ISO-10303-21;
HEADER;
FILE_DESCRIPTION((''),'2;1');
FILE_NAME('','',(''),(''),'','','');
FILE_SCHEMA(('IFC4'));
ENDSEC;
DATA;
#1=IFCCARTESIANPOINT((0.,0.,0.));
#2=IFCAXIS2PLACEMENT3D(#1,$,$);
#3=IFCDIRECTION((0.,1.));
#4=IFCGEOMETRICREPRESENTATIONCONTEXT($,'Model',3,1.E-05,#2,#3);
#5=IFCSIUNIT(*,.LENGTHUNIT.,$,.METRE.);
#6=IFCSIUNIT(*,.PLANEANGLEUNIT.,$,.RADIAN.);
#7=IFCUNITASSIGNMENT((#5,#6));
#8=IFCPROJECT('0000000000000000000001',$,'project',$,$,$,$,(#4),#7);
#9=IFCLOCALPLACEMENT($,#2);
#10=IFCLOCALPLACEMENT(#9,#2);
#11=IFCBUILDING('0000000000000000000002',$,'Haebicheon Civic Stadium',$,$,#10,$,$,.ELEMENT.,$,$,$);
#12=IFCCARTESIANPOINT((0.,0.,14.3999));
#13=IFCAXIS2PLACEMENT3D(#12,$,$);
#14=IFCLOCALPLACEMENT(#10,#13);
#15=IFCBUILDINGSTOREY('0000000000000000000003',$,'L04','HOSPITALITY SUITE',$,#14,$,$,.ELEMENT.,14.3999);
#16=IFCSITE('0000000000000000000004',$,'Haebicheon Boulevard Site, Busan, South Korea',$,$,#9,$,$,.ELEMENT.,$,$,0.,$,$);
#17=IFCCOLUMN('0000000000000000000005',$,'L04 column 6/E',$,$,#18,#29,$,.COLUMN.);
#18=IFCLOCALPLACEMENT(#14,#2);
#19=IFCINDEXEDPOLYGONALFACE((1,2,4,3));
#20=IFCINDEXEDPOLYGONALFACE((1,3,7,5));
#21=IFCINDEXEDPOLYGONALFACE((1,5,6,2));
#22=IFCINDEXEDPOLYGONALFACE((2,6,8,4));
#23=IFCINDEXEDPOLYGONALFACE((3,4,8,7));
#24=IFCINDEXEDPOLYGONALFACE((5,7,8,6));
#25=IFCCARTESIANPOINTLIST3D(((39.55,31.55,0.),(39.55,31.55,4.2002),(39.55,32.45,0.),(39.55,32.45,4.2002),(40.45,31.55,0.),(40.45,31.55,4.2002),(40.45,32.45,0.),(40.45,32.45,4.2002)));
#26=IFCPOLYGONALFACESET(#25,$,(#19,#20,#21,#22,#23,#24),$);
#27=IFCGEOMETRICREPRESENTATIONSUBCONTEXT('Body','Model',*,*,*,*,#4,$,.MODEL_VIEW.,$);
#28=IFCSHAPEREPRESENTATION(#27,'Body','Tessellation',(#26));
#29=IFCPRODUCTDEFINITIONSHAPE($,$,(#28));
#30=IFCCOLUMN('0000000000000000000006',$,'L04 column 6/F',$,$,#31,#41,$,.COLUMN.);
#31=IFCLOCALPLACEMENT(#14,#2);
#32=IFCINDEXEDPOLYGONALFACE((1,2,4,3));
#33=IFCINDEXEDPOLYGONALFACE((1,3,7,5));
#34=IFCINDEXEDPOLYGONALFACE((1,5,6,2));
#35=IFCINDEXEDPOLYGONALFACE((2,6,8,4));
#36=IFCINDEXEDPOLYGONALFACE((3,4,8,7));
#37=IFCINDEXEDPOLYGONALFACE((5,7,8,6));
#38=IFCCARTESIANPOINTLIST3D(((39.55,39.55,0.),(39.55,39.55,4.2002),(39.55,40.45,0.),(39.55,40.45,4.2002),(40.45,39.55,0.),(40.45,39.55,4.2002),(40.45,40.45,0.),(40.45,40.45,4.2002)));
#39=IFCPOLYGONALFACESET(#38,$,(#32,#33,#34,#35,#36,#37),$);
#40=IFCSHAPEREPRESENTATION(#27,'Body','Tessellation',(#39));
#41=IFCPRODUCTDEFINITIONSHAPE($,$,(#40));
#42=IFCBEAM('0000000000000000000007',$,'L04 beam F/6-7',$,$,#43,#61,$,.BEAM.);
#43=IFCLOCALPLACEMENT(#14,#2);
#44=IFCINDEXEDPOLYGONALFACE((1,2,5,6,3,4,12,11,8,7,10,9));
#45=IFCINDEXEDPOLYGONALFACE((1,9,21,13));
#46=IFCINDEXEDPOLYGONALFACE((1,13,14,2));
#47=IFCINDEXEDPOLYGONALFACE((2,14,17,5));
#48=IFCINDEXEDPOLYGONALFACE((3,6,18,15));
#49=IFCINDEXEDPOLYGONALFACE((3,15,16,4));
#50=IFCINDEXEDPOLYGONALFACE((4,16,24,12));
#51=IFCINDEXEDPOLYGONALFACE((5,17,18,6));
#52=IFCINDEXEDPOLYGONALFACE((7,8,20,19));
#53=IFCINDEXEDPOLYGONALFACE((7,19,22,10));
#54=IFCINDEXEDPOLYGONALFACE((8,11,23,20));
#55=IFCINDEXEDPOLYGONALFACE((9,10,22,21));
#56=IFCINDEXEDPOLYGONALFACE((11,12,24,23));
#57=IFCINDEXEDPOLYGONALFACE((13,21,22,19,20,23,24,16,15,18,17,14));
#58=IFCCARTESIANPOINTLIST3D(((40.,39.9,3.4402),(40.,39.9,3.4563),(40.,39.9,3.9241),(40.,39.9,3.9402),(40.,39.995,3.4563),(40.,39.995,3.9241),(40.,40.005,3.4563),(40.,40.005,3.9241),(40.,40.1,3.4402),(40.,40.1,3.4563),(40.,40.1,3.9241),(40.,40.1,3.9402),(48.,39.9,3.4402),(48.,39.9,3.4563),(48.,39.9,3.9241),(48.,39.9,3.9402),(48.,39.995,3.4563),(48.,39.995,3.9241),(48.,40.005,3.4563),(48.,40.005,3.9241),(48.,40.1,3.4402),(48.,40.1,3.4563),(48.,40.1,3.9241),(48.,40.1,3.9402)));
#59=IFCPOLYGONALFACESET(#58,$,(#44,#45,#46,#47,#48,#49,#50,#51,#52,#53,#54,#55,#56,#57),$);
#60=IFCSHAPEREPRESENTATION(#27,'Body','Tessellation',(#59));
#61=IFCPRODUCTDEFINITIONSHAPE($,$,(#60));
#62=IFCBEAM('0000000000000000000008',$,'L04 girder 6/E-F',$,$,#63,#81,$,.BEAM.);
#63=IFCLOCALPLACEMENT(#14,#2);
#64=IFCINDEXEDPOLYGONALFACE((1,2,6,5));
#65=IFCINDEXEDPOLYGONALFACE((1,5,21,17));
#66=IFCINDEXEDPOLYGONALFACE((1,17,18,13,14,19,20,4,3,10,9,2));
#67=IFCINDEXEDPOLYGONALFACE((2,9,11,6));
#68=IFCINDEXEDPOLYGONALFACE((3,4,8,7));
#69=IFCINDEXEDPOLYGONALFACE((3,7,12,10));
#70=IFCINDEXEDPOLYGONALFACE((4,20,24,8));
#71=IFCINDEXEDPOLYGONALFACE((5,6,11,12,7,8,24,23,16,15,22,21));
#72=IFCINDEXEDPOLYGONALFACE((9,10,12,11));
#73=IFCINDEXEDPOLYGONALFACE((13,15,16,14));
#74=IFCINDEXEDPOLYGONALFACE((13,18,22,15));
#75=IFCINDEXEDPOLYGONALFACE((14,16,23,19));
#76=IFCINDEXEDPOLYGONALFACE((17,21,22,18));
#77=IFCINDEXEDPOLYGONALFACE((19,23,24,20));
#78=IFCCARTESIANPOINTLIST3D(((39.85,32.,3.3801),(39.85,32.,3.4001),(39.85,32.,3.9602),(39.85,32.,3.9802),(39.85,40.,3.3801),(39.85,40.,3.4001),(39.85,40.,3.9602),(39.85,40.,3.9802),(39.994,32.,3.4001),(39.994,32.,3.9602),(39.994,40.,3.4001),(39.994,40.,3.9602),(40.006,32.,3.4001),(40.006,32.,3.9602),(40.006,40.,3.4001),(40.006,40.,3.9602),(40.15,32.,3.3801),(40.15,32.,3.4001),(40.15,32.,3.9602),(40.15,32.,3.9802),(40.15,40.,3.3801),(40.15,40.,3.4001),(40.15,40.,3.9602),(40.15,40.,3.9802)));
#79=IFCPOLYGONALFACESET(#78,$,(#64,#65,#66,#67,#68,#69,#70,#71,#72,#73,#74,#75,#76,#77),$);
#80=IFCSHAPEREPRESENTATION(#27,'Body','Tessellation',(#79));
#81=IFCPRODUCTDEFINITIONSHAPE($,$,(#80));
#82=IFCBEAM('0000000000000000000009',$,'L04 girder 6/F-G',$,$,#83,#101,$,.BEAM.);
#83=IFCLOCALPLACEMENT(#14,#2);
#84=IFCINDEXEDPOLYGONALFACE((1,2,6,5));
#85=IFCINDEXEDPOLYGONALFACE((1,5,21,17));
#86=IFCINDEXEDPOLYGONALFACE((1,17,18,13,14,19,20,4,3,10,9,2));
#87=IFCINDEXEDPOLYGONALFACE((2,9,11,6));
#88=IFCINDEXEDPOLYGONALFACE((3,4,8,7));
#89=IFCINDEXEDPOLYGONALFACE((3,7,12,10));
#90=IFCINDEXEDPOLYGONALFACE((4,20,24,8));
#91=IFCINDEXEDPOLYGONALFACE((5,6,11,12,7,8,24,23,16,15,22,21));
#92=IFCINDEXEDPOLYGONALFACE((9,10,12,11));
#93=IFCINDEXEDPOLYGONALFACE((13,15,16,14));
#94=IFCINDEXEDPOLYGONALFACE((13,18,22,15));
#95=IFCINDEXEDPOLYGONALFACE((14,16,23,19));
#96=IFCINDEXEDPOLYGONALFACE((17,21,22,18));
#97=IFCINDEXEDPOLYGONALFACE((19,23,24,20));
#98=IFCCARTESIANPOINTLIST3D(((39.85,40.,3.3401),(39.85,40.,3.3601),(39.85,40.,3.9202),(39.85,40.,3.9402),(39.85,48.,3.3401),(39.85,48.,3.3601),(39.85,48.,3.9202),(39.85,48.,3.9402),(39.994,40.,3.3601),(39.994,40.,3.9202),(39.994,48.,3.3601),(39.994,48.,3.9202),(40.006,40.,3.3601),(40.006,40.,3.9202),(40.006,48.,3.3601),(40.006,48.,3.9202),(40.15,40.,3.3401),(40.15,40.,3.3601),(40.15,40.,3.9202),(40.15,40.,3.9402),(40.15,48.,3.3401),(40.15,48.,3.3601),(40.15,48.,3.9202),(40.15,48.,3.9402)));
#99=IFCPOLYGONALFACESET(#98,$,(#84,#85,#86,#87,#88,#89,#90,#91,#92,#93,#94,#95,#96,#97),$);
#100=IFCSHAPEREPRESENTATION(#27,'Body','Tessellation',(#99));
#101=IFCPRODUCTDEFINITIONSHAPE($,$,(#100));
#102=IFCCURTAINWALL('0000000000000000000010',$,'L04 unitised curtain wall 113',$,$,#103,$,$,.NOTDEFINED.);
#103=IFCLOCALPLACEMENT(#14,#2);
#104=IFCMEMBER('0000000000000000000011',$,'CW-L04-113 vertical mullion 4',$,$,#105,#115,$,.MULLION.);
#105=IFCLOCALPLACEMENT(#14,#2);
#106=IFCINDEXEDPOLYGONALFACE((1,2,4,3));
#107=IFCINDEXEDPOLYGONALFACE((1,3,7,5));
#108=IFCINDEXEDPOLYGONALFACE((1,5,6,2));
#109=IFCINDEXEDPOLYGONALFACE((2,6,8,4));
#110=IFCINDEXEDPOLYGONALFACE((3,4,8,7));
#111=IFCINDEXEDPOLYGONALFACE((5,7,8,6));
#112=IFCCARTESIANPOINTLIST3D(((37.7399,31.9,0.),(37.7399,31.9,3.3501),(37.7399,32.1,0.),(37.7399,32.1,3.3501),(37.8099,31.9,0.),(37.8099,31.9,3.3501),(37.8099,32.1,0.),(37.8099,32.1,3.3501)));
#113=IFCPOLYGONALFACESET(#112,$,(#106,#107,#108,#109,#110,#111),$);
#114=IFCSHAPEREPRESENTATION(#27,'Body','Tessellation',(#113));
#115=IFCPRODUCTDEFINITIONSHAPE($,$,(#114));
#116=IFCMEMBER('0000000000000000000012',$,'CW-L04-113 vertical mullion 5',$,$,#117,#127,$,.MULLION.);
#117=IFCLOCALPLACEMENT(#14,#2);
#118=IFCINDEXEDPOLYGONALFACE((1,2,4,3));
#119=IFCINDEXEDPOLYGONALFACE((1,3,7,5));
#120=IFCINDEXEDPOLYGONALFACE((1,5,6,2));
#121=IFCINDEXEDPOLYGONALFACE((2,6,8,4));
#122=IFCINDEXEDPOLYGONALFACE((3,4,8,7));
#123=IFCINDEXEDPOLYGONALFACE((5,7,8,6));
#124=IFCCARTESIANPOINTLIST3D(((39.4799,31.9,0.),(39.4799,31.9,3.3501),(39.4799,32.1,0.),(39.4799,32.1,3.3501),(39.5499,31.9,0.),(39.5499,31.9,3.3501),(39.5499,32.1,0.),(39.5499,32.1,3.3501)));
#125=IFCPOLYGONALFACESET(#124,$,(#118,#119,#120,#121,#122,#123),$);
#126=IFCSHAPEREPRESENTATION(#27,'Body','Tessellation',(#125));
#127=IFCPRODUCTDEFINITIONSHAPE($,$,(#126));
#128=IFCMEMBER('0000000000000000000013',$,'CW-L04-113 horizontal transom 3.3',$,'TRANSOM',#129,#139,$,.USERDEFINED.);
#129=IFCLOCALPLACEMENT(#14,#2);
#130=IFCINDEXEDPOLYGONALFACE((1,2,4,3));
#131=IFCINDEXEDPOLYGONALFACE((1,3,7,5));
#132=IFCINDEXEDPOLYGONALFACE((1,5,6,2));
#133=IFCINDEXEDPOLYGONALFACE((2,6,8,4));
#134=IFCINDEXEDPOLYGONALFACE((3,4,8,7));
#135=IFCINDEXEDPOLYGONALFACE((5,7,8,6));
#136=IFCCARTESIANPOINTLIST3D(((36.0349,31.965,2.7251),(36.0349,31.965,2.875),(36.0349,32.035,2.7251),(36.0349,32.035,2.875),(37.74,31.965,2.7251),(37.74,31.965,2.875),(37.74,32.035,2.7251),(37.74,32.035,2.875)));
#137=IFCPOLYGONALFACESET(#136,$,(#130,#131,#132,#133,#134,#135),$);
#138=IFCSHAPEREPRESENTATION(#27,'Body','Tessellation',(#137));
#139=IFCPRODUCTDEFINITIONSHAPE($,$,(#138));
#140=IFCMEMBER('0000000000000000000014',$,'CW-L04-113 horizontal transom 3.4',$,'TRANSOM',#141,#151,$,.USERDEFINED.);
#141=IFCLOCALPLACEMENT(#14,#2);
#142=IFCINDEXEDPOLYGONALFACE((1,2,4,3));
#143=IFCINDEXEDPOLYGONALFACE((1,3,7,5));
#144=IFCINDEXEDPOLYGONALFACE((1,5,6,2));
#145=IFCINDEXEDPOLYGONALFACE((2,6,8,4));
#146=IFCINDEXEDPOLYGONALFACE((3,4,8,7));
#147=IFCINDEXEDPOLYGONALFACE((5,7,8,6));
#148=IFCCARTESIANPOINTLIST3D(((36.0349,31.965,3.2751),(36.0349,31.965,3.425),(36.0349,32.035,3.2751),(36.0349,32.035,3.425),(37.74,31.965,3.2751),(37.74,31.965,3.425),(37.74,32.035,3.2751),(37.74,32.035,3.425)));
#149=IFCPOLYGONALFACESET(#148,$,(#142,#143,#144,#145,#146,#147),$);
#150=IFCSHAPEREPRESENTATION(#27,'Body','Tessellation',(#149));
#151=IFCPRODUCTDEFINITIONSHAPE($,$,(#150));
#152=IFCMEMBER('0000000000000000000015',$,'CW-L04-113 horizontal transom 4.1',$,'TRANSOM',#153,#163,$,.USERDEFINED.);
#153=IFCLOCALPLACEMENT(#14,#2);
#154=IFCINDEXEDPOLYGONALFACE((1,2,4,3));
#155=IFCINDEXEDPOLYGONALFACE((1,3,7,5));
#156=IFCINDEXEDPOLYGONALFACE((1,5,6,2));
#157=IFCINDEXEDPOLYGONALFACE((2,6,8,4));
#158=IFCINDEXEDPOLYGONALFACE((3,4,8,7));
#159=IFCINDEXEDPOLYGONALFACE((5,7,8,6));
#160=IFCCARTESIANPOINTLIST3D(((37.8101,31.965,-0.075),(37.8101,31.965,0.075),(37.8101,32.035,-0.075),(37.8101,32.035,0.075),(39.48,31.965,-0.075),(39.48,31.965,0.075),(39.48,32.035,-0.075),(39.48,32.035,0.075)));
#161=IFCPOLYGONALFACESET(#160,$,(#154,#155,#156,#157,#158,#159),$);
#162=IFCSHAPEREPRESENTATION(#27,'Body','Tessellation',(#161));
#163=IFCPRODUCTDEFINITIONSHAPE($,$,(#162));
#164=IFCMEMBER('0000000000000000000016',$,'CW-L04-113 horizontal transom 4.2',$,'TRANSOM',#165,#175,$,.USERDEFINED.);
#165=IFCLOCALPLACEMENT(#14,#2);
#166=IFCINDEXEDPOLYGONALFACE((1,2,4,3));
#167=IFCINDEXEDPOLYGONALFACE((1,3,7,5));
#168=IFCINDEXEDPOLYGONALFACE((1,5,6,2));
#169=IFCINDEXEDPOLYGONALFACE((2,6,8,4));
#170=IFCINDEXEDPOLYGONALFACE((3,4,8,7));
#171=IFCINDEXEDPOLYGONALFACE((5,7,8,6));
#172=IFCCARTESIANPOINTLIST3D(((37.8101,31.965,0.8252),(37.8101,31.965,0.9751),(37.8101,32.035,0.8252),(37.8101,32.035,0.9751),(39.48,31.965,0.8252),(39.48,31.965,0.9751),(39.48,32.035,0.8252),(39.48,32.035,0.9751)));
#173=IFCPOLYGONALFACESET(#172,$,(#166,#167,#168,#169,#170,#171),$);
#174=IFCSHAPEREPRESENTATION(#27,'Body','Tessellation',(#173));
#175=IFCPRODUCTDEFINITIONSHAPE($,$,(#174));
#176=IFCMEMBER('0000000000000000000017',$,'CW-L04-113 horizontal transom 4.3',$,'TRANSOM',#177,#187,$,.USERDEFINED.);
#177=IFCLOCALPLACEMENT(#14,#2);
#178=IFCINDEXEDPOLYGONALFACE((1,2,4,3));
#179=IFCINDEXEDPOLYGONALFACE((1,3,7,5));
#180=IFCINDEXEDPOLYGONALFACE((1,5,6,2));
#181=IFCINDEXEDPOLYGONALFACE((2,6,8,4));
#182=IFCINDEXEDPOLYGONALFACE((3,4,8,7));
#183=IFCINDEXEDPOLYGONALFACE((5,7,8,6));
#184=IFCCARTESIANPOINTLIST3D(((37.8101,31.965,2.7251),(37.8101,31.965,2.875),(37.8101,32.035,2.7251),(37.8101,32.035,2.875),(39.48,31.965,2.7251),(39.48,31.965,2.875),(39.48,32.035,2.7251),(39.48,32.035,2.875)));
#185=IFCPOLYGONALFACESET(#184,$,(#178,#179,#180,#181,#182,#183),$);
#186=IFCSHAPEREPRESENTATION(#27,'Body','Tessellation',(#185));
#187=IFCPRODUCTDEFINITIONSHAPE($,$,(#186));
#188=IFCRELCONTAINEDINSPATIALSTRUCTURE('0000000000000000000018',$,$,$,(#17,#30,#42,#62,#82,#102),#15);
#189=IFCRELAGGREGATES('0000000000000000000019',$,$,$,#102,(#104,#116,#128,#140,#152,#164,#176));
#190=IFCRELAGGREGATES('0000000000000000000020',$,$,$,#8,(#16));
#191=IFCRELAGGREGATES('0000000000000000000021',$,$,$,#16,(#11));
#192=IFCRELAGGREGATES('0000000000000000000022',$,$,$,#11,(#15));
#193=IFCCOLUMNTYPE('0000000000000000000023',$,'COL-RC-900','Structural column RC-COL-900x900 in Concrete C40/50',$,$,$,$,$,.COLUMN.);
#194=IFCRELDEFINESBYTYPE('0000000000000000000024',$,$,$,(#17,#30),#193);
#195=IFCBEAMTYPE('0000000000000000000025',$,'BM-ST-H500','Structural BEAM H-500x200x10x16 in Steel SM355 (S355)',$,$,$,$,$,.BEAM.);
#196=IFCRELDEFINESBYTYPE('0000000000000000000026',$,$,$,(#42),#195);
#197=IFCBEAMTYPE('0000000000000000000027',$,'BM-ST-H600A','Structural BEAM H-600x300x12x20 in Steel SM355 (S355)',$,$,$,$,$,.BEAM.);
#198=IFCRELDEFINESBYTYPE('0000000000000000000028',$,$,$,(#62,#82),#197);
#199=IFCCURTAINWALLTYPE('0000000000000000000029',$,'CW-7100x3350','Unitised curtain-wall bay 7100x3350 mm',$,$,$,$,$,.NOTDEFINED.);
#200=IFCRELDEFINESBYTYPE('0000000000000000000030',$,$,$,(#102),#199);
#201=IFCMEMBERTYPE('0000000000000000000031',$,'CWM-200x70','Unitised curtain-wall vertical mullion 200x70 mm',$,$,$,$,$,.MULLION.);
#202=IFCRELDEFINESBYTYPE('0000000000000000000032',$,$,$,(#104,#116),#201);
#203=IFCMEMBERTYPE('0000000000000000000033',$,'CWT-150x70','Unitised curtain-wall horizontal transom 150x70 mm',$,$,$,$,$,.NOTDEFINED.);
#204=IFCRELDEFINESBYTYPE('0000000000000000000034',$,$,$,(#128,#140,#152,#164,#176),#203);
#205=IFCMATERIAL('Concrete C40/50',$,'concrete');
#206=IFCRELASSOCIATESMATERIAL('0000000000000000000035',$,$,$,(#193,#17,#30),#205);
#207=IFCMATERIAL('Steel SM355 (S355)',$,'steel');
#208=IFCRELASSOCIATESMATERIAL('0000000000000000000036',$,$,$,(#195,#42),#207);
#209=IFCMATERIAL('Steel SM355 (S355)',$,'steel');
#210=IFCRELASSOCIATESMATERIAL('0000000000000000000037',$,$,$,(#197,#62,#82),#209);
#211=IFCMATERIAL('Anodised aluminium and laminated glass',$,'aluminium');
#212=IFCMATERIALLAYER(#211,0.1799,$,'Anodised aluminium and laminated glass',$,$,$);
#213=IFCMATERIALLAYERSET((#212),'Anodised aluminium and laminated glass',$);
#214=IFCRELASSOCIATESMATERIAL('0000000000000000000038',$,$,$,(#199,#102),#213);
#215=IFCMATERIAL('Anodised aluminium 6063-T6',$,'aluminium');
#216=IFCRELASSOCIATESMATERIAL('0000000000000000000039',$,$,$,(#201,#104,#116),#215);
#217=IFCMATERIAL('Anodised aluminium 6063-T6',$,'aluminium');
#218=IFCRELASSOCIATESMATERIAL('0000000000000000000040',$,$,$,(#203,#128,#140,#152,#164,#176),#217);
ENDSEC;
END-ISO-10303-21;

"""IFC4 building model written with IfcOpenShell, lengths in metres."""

from ifc_helpers import new_model, si_unit, direction, frame, origin, origin_2d, place, context, subcontext, project, spatial, rectangle, i_section, extrude, material, layer, layer_set, material_profile, profile_set, type_object, element, aggregate, save


model = new_model("IFC4")

# Units and contexts
model_context = context("Model", 3, precision=1e-05, world=origin(), true_north=direction((0.0, 1.0)))
body_context = subcontext(model_context, "Body", "Model", "MODEL_VIEW")
ifc_project = project(units=[si_unit("LENGTHUNIT", "METRE"), si_unit("PLANEANGLEUNIT", "RADIAN")], contexts=[model_context])

# Site, building, storey
site_placement = place(None, origin())
site = spatial("IfcSite", under=ifc_project, at=site_placement, Name="Haebicheon Boulevard Site, Busan, South Korea", CompositionType="ELEMENT", RefElevation=0.0)
building_placement = place(site_placement, origin())
building = spatial("IfcBuilding", under=site, at=building_placement, Name="Haebicheon Civic Stadium", CompositionType="ELEMENT")
storey_placement = place(building_placement, frame((0.0, 0.0, 14.3999)))
storey = spatial("IfcBuildingStorey", under=building, at=storey_placement, Name="L04", Description="HOSPITALITY SUITE", CompositionType="ELEMENT", Elevation=14.3999)

# Columns
ifc_material_1 = material(Name="Concrete C40/50", Category="concrete")
ifc_material_profile_1 = material_profile(ifc_material_1, rectangle(XDim=0.8999, YDim=0.8999, at=origin_2d()), Name="RC-COL-900x900")
ifc_profile_set_1 = profile_set([ifc_material_profile_1], Name="Concrete C40/50")
column_type = type_object("IfcColumnType", Name="COL-RC-900", Description="Structural column RC-COL-900x900 in Concrete C40/50", PredefinedType="COLUMN", material=ifc_profile_set_1)
for number, where, z_axis, x_axis, name in (
    (1, (40.0, 32.0, 0.0), (0.0, 0.0, 1.0), (1.0, 0.0, 0.0), "L04 column 6/E"),
    (2, (40.0, 40.0, 0.0), (0.0, 0.0, 1.0), (1.0, 0.0, 0.0), "L04 column 6/F"),
):
    element("IfcColumn", number, at=place(storey_placement, frame(where, z_axis=z_axis, x_axis=x_axis)), inside=storey, type_object=column_type, material=ifc_profile_set_1, Name=name, PredefinedType="COLUMN", context=body_context, shape_type="SweptSolid", body=[
        extrude(rectangle(XDim=0.8999, YDim=0.8999, at=origin_2d()), origin(), (0.0, 0.0, 1.0), 4.2002),
    ])

# Beams
ifc_material_2 = material(Name="Steel SM355 (S355)", Category="steel")
ifc_material_profile_2 = material_profile(ifc_material_2, i_section(OverallWidth=0.2, OverallDepth=0.5, WebThickness=0.01, FlangeThickness=0.0161, at=origin_2d()), Name="H-500x200x10x16")
ifc_profile_set_2 = profile_set([ifc_material_profile_2], Name="Steel SM355 (S355)")
beam_type_1 = type_object("IfcBeamType", Name="BM-ST-H500", Description="Structural BEAM H-500x200x10x16 in Steel SM355 (S355)", PredefinedType="BEAM", material=ifc_profile_set_2)
beam_1_placement = place(storey_placement, frame((40.0, 40.0, 3.6902), z_axis=(1.0, 0.0, 0.0), x_axis=(0.0, 1.0, 0.0)))
element("IfcBeam", 3, at=beam_1_placement, inside=storey, type_object=beam_type_1, material=ifc_profile_set_2, Name="L04 beam F/6-7", PredefinedType="BEAM", context=body_context, shape_type="SweptSolid", body=[
    extrude(i_section(OverallWidth=0.2, OverallDepth=0.5, WebThickness=0.01, FlangeThickness=0.0161, at=origin_2d()), origin(), (0.0, 0.0, 1.0), 8.0),
])
ifc_material_3 = material(Name="Steel SM355 (S355)", Category="steel")
ifc_material_profile_3 = material_profile(ifc_material_3, i_section(OverallWidth=0.3, OverallDepth=0.6001, WebThickness=0.012, FlangeThickness=0.02, at=origin_2d()), Name="H-600x300x12x20")
ifc_profile_set_3 = profile_set([ifc_material_profile_3], Name="Steel SM355 (S355)")
beam_type_2 = type_object("IfcBeamType", Name="BM-ST-H600A", Description="Structural BEAM H-600x300x12x20 in Steel SM355 (S355)", PredefinedType="BEAM", material=ifc_profile_set_3)
for number, where, z_axis, x_axis, name in (
    (4, (40.0, 32.0, 3.6802), (0.0, 1.0, 0.0), (-1.0, 0.0, 0.0), "L04 girder 6/E-F"),
    (5, (40.0, 40.0, 3.6401), (0.0, 1.0, 0.0), (-1.0, 0.0, 0.0), "L04 girder 6/F-G"),
):
    element("IfcBeam", number, at=place(storey_placement, frame(where, z_axis=z_axis, x_axis=x_axis)), inside=storey, type_object=beam_type_2, material=ifc_profile_set_3, Name=name, PredefinedType="BEAM", context=body_context, shape_type="SweptSolid", body=[
        extrude(i_section(OverallWidth=0.3, OverallDepth=0.6001, WebThickness=0.012, FlangeThickness=0.02, at=origin_2d()), origin(), (0.0, 0.0, 1.0), 8.0),
    ])

# Curtain wall, members
ifc_material_4 = material(Name="Anodised aluminium and laminated glass", Category="aluminium")
ifc_layer_1 = layer(ifc_material_4, 0.1799, Name="Anodised aluminium and laminated glass")
ifc_layer_set_1 = layer_set([ifc_layer_1], Name="Anodised aluminium and laminated glass")
curtain_wall_type = type_object("IfcCurtainWallType", Name="CW-7100x3350", Description="Unitised curtain-wall bay 7100x3350 mm", PredefinedType="NOTDEFINED", material=ifc_layer_set_1)
curtain_wall_placement = place(storey_placement, origin())
curtain_wall = element("IfcCurtainWall", 6, at=curtain_wall_placement, inside=storey, type_object=curtain_wall_type, material=ifc_layer_set_1, Name="L04 unitised curtain wall 113", PredefinedType="NOTDEFINED")
ifc_material_5 = material(Name="Anodised aluminium 6063-T6", Category="aluminium")
ifc_material_profile_4 = material_profile(ifc_material_5, rectangle(XDim=0.0701, YDim=0.2, at=origin_2d()), Name="ALU-MULL-70x200")
ifc_profile_set_4 = profile_set([ifc_material_profile_4], Name="Anodised aluminium 6063-T6")
member_type_1 = type_object("IfcMemberType", Name="CWM-200x70", Description="Unitised curtain-wall vertical mullion 200x70 mm", PredefinedType="MULLION", material=ifc_profile_set_4)
member_1_placement = place(storey_placement, frame((37.7749, 32.0, 0.0), z_axis=(0.0, 0.0, 1.0), x_axis=(1.0, 0.0, 0.0)))
member_1 = element("IfcMember", 7, at=member_1_placement, type_object=member_type_1, material=ifc_profile_set_4, Name="CW-L04-113 vertical mullion 4", PredefinedType="MULLION", context=body_context, shape_type="SweptSolid", body=[
    extrude(rectangle(XDim=0.0701, YDim=0.2, at=origin_2d()), origin(), (0.0, 0.0, 1.0), 3.3501),
])
member_2_placement = place(storey_placement, frame((39.5149, 32.0, 0.0), z_axis=(0.0, 0.0, 1.0), x_axis=(1.0, 0.0, 0.0)))
member_2 = element("IfcMember", 8, at=member_2_placement, type_object=member_type_1, material=ifc_profile_set_4, Name="CW-L04-113 vertical mullion 5", PredefinedType="MULLION", context=body_context, shape_type="SweptSolid", body=[
    extrude(rectangle(XDim=0.0701, YDim=0.2, at=origin_2d()), origin(), (0.0, 0.0, 1.0), 3.3501),
])
ifc_material_6 = material(Name="Anodised aluminium 6063-T6", Category="aluminium")
ifc_material_profile_5 = material_profile(ifc_material_6, rectangle(XDim=0.0701, YDim=0.1499, at=origin_2d()), Name="ALU-TRAN-70x150")
ifc_profile_set_5 = profile_set([ifc_material_profile_5], Name="Anodised aluminium 6063-T6")
member_type_2 = type_object("IfcMemberType", Name="CWT-150x70", Description="Unitised curtain-wall horizontal transom 150x70 mm", PredefinedType="NOTDEFINED", material=ifc_profile_set_5)
member_3_placement = place(storey_placement, frame((36.0349, 32.0, 2.8), z_axis=(1.0, 0.0, 0.0), x_axis=(0.0, 1.0, 0.0)))
member_3 = element("IfcMember", 9, at=member_3_placement, type_object=member_type_2, material=ifc_profile_set_5, Name="CW-L04-113 horizontal transom 3.3", ObjectType="TRANSOM", PredefinedType="USERDEFINED", context=body_context, shape_type="SweptSolid", body=[
    extrude(rectangle(XDim=0.0701, YDim=0.1499, at=origin_2d()), origin(), (0.0, 0.0, 1.0), 1.7051),
])
member_4_placement = place(storey_placement, frame((36.0349, 32.0, 3.3501), z_axis=(1.0, 0.0, 0.0), x_axis=(0.0, 1.0, 0.0)))
member_4 = element("IfcMember", 10, at=member_4_placement, type_object=member_type_2, material=ifc_profile_set_5, Name="CW-L04-113 horizontal transom 3.4", ObjectType="TRANSOM", PredefinedType="USERDEFINED", context=body_context, shape_type="SweptSolid", body=[
    extrude(rectangle(XDim=0.0701, YDim=0.1499, at=origin_2d()), origin(), (0.0, 0.0, 1.0), 1.7051),
])
member_5_placement = place(storey_placement, frame((37.8101, 32.0, 0.0), z_axis=(1.0, 0.0, 0.0), x_axis=(0.0, 1.0, 0.0)))
member_5 = element("IfcMember", 11, at=member_5_placement, type_object=member_type_2, material=ifc_profile_set_5, Name="CW-L04-113 horizontal transom 4.1", ObjectType="TRANSOM", PredefinedType="USERDEFINED", context=body_context, shape_type="SweptSolid", body=[
    extrude(rectangle(XDim=0.0701, YDim=0.1499, at=origin_2d()), origin(), (0.0, 0.0, 1.0), 1.6699),
])
member_6_placement = place(storey_placement, frame((37.8101, 32.0, 0.9001), z_axis=(1.0, 0.0, 0.0), x_axis=(0.0, 1.0, 0.0)))
member_6 = element("IfcMember", 12, at=member_6_placement, type_object=member_type_2, material=ifc_profile_set_5, Name="CW-L04-113 horizontal transom 4.2", ObjectType="TRANSOM", PredefinedType="USERDEFINED", context=body_context, shape_type="SweptSolid", body=[
    extrude(rectangle(XDim=0.0701, YDim=0.1499, at=origin_2d()), origin(), (0.0, 0.0, 1.0), 1.6699),
])
member_7_placement = place(storey_placement, frame((37.8101, 32.0, 2.8), z_axis=(1.0, 0.0, 0.0), x_axis=(0.0, 1.0, 0.0)))
member_7 = element("IfcMember", 13, at=member_7_placement, type_object=member_type_2, material=ifc_profile_set_5, Name="CW-L04-113 horizontal transom 4.3", ObjectType="TRANSOM", PredefinedType="USERDEFINED", context=body_context, shape_type="SweptSolid", body=[
    extrude(rectangle(XDim=0.0701, YDim=0.1499, at=origin_2d()), origin(), (0.0, 0.0, 1.0), 1.6699),
])

aggregate(curtain_wall, [member_1, member_2, member_3, member_4, member_5, member_6, member_7])

save(model, "model.ifc")
